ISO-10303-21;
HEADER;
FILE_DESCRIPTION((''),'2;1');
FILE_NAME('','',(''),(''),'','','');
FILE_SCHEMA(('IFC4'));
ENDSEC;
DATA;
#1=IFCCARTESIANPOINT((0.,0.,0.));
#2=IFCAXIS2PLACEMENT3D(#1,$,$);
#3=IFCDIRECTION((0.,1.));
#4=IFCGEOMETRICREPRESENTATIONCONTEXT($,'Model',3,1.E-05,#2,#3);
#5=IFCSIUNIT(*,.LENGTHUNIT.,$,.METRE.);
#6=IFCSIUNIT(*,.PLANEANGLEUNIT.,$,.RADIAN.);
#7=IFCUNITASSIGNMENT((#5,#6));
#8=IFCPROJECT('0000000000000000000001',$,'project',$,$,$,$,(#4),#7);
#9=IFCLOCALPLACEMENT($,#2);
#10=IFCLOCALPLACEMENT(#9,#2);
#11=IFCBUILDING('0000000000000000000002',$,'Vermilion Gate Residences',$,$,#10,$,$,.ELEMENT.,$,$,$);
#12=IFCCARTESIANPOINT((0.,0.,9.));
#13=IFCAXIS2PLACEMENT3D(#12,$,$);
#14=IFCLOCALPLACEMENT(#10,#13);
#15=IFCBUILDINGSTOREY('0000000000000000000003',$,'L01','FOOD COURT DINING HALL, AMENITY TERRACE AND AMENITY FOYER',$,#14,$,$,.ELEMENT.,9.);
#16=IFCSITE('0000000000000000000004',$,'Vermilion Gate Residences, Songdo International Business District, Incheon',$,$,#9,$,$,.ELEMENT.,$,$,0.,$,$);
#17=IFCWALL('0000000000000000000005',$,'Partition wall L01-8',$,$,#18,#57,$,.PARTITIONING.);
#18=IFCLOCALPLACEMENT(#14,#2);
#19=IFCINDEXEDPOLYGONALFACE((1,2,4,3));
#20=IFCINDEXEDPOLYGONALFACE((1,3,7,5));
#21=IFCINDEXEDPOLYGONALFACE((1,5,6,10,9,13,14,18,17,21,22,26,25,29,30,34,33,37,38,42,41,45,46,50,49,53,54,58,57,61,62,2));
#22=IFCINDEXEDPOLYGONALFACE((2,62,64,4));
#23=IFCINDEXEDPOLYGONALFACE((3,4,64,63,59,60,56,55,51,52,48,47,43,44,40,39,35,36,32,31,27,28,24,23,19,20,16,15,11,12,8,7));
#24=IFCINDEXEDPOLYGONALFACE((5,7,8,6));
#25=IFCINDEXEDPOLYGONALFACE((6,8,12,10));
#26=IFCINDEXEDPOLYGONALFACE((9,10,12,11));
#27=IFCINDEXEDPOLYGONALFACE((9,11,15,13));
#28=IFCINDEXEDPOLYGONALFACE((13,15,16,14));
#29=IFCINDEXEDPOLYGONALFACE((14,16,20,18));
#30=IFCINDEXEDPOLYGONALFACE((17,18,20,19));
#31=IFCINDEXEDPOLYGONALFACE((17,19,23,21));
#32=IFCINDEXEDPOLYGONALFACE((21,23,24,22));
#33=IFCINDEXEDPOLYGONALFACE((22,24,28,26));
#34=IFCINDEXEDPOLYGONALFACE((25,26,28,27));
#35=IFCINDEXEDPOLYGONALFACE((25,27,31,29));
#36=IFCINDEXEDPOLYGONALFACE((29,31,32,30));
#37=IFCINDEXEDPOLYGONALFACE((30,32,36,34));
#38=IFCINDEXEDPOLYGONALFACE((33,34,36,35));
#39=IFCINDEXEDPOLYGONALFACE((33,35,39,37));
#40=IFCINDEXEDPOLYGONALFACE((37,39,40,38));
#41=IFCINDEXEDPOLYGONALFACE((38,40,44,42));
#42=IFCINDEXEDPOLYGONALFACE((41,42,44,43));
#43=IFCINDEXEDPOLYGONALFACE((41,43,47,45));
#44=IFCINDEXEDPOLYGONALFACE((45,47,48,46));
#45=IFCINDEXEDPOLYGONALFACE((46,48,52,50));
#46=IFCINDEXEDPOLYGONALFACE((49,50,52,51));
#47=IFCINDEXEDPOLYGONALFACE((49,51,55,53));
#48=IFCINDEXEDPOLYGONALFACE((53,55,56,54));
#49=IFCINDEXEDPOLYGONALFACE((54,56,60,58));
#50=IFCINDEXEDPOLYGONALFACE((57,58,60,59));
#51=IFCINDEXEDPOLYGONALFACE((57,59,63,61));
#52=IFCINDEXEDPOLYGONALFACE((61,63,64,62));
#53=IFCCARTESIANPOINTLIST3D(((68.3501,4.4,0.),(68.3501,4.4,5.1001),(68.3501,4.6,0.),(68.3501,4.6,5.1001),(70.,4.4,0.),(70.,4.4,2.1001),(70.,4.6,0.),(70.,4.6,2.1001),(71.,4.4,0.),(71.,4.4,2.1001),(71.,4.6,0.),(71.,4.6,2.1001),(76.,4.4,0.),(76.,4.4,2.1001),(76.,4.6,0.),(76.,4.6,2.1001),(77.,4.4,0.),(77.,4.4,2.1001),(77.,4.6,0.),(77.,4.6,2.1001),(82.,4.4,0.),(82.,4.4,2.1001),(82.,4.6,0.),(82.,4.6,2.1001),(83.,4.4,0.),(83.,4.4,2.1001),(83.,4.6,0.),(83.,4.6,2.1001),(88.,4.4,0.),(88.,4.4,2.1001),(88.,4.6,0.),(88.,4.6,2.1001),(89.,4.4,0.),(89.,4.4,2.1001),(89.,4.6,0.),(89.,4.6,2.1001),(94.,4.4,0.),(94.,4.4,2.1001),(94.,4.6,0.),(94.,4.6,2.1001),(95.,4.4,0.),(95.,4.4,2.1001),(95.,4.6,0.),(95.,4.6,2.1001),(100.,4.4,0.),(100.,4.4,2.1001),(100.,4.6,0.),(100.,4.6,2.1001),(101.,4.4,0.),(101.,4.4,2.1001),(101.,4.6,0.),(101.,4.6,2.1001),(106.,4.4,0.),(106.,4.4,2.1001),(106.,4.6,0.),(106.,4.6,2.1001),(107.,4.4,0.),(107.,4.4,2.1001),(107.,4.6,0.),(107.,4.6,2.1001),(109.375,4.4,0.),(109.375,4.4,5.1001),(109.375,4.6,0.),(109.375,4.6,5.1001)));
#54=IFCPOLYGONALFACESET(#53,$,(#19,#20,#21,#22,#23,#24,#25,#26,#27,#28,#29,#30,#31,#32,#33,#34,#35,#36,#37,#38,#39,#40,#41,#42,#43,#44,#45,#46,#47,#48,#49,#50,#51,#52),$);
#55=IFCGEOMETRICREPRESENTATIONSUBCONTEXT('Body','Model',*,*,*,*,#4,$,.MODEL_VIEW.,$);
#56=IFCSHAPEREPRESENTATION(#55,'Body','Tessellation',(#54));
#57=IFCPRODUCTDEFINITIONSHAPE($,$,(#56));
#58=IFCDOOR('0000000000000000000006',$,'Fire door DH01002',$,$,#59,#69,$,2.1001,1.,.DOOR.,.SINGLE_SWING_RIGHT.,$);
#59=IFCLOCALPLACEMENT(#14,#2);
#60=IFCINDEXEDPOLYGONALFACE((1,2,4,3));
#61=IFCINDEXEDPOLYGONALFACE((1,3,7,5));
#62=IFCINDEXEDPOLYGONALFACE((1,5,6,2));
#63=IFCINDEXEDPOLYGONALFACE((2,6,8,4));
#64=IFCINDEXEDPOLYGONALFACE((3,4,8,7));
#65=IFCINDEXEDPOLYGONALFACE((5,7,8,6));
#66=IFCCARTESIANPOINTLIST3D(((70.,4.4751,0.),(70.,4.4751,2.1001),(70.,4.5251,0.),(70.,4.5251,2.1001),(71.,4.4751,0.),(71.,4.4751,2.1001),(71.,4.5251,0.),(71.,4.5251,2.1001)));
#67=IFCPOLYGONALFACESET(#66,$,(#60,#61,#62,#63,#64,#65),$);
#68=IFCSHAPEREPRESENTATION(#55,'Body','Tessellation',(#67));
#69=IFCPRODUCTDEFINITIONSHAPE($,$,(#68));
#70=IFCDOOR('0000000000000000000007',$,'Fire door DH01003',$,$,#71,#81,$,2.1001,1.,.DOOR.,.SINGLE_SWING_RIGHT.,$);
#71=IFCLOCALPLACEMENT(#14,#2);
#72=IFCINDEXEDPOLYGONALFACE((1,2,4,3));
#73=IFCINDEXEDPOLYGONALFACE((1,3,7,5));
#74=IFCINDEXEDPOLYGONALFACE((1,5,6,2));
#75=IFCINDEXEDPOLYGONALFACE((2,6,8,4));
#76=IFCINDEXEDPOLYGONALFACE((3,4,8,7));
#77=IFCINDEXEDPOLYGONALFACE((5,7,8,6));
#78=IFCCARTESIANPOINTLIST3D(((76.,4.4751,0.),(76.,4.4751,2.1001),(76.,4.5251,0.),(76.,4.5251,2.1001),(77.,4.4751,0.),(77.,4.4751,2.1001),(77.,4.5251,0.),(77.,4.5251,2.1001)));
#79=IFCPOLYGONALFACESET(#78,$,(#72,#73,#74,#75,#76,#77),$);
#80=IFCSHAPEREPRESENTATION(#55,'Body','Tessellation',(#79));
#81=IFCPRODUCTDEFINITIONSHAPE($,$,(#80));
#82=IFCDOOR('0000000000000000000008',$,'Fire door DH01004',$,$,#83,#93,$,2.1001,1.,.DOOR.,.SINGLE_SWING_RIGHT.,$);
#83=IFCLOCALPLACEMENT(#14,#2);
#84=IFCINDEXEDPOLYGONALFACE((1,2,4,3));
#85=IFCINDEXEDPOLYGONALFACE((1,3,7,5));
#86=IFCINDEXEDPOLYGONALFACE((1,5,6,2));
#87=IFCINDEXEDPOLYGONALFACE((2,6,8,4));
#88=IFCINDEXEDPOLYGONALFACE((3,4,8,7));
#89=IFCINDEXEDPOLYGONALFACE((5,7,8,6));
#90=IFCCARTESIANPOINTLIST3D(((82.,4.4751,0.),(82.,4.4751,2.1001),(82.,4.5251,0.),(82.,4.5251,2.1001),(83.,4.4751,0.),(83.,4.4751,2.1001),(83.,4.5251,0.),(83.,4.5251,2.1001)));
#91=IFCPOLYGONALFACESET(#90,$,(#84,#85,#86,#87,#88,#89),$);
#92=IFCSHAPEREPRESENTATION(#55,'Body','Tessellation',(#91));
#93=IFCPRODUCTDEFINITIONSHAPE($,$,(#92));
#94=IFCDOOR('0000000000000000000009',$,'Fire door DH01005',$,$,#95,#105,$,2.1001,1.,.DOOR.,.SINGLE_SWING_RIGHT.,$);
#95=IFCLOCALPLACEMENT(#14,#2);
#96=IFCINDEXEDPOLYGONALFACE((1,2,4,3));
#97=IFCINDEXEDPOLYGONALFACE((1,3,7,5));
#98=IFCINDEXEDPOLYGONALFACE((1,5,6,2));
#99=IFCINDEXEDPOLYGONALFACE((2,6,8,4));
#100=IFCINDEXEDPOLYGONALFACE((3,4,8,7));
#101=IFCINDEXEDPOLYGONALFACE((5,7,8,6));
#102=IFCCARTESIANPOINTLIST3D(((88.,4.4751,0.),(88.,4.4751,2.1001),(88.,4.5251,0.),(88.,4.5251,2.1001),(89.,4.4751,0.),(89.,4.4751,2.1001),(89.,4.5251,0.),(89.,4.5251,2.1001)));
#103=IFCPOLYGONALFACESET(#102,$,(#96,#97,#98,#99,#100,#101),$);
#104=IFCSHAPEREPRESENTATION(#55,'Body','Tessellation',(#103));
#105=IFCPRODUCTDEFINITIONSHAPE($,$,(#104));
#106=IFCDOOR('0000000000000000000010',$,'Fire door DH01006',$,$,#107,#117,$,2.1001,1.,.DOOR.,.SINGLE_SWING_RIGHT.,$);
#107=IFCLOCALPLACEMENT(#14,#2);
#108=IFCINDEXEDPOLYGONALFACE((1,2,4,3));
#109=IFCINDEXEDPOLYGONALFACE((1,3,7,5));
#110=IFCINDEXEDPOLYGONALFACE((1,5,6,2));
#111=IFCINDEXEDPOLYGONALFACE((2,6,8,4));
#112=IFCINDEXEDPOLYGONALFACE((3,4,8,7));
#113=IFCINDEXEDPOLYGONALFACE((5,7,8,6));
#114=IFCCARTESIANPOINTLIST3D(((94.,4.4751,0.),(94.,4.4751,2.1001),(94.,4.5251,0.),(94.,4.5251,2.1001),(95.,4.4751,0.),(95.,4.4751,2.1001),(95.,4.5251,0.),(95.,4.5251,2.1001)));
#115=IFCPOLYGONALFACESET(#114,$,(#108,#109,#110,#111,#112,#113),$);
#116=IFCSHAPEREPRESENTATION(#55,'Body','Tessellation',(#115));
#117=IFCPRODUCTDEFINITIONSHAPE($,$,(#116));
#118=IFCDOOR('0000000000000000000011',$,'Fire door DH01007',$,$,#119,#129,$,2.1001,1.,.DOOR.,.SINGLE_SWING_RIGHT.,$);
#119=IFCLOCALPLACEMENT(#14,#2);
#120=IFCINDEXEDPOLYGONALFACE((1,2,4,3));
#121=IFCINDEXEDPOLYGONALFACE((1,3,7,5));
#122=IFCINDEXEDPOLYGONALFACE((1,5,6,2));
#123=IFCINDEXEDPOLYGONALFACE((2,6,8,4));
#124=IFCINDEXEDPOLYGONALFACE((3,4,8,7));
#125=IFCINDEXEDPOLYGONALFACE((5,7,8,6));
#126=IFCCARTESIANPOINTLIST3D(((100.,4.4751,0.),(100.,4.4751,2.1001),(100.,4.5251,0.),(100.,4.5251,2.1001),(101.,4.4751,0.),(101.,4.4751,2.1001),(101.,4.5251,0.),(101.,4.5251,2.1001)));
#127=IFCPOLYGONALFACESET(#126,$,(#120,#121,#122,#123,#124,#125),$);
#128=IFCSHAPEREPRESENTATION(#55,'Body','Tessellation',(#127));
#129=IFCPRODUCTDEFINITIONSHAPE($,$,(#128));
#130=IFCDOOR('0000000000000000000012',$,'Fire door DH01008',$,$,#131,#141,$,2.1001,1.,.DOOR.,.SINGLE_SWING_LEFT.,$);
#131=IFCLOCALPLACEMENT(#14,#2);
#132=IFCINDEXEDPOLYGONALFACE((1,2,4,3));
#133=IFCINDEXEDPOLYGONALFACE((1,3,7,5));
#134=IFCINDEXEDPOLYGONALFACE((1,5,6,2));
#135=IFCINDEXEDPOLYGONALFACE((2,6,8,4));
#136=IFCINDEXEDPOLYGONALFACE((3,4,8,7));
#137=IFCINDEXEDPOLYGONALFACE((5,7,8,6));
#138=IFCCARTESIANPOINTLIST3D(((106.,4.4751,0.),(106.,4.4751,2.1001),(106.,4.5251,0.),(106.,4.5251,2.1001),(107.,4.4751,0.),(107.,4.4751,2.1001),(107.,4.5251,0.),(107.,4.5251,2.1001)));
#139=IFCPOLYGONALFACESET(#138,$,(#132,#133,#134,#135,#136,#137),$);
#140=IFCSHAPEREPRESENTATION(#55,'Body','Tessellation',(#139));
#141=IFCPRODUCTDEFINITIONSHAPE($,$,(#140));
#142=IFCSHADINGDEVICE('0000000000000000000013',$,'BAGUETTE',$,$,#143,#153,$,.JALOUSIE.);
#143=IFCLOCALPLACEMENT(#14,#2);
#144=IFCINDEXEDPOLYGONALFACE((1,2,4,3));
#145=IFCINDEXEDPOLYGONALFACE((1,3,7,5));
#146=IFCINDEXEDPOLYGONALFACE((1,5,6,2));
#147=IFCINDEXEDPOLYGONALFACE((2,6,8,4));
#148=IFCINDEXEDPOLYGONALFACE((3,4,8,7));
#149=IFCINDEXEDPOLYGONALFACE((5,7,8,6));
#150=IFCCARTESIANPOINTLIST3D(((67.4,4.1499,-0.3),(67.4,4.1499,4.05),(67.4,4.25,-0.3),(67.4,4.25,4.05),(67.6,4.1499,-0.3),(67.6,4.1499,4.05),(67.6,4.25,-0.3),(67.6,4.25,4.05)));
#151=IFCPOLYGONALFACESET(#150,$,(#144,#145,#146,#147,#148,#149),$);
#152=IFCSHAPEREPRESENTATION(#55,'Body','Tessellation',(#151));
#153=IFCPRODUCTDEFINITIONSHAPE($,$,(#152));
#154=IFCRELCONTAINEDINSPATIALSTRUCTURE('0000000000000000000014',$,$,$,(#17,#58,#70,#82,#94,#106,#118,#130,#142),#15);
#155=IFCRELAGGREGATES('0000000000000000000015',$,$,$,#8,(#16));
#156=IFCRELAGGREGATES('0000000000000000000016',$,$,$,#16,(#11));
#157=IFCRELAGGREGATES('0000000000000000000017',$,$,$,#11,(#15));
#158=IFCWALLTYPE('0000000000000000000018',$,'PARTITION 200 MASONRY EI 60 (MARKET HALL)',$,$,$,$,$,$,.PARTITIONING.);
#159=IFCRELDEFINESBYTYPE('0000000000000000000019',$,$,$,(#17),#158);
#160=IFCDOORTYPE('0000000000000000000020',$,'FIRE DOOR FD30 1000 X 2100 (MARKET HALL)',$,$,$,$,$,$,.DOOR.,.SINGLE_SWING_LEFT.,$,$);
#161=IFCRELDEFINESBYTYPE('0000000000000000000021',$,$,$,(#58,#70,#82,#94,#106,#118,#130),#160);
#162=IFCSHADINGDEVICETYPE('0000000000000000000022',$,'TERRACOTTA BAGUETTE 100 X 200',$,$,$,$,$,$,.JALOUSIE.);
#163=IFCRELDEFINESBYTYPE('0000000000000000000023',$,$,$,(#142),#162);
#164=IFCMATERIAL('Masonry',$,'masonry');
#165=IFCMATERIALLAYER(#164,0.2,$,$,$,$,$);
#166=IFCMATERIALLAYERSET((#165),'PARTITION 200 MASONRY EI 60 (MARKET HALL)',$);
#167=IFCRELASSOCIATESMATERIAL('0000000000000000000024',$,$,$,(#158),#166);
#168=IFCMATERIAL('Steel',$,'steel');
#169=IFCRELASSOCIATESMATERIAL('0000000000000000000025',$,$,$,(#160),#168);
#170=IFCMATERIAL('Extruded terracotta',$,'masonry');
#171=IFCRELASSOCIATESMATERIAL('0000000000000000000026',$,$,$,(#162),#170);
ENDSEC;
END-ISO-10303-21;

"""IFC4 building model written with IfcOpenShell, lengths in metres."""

from ifc_helpers import new_model, si_unit, direction, frame, frame_2d, origin, origin_2d, place, context, subcontext, project, spatial, rectangle, extrude, material, layer, layer_set, material_profile, profile_set, type_object, element, fill, save


model = new_model("IFC4")

# Units and contexts
model_context = context("Model", 3, precision=1e-05, world=origin(), true_north=direction((0.0, 1.0)))
body_context = subcontext(model_context, "Body", "Model", "MODEL_VIEW")
ifc_project = project(units=[si_unit("LENGTHUNIT", "METRE"), si_unit("PLANEANGLEUNIT", "RADIAN")], contexts=[model_context])

# Site, building, storey
site_placement = place(None, origin())
site = spatial("IfcSite", under=ifc_project, at=site_placement, Name="Vermilion Gate Residences, Songdo International Business District, Incheon", CompositionType="ELEMENT", RefElevation=0.0)
building_placement = place(site_placement, origin())
building = spatial("IfcBuilding", under=site, at=building_placement, Name="Vermilion Gate Residences", CompositionType="ELEMENT")
storey_placement = place(building_placement, frame((0.0, 0.0, 9.0)))
storey = spatial("IfcBuildingStorey", under=building, at=storey_placement, Name="L01", Description="FOOD COURT DINING HALL, AMENITY TERRACE AND AMENITY FOYER", CompositionType="ELEMENT", Elevation=9.0)

# Wall, openings, doors
ifc_material_1 = material(Name="Masonry", Category="masonry")
ifc_layer_1 = layer(ifc_material_1, 0.2)
ifc_layer_set_1 = layer_set([ifc_layer_1], Name="PARTITION 200 MASONRY EI 60 (MARKET HALL)")
wall_type_1 = type_object("IfcWallType", Name="PARTITION 200 MASONRY EI 60 (MARKET HALL)", PredefinedType="PARTITIONING", material=ifc_layer_set_1)
wall_1_placement = place(storey_placement, frame((68.3501, 4.5, 0.0), z_axis=(0.0, 0.0, 1.0), x_axis=(1.0, 0.0, 0.0)))
wall_1 = element("IfcWall", 1, at=wall_1_placement, inside=storey, type_object=wall_type_1, Name="Partition wall L01-8", PredefinedType="PARTITIONING", context=body_context, shape_type="SweptSolid", body=[
    extrude(rectangle(XDim=41.0249, YDim=0.2, at=frame_2d((20.5125, 0.0))), origin(), (0.0, 0.0, 1.0), 5.1001),
])
opening_1_placement = place(wall_1_placement, frame((1.6499, 0.0, 0.0)))
opening_1 = element("IfcOpeningElement", 2, at=opening_1_placement, cuts=wall_1, PredefinedType="OPENING", context=body_context, shape_type="SweptSolid", body=[
    extrude(rectangle(XDim=1.0, YDim=2.1001, at=frame_2d((0.5, 1.05))), frame((0.0, 0.1099, 0.0), z_axis=(0.0, -1.0, 0.0), x_axis=(1.0, 0.0, 0.0)), (0.0, 0.0, 1.0), 0.22),
])
opening_2_placement = place(wall_1_placement, frame((7.6499, 0.0, 0.0)))
opening_2 = element("IfcOpeningElement", 3, at=opening_2_placement, cuts=wall_1, PredefinedType="OPENING", context=body_context, shape_type="SweptSolid", body=[
    extrude(rectangle(XDim=1.0, YDim=2.1001, at=frame_2d((0.5, 1.05))), frame((0.0, 0.1099, 0.0), z_axis=(0.0, -1.0, 0.0), x_axis=(1.0, 0.0, 0.0)), (0.0, 0.0, 1.0), 0.22),
])
opening_3_placement = place(wall_1_placement, frame((13.6499, 0.0, 0.0)))
opening_3 = element("IfcOpeningElement", 4, at=opening_3_placement, cuts=wall_1, PredefinedType="OPENING", context=body_context, shape_type="SweptSolid", body=[
    extrude(rectangle(XDim=1.0, YDim=2.1001, at=frame_2d((0.5, 1.05))), frame((0.0, 0.1099, 0.0), z_axis=(0.0, -1.0, 0.0), x_axis=(1.0, 0.0, 0.0)), (0.0, 0.0, 1.0), 0.22),
])
opening_4_placement = place(wall_1_placement, frame((19.6499, 0.0, 0.0)))
opening_4 = element("IfcOpeningElement", 5, at=opening_4_placement, cuts=wall_1, PredefinedType="OPENING", context=body_context, shape_type="SweptSolid", body=[
    extrude(rectangle(XDim=1.0, YDim=2.1001, at=frame_2d((0.5, 1.05))), frame((0.0, 0.1099, 0.0), z_axis=(0.0, -1.0, 0.0), x_axis=(1.0, 0.0, 0.0)), (0.0, 0.0, 1.0), 0.22),
])
opening_5_placement = place(wall_1_placement, frame((25.6499, 0.0, 0.0)))
opening_5 = element("IfcOpeningElement", 6, at=opening_5_placement, cuts=wall_1, PredefinedType="OPENING", context=body_context, shape_type="SweptSolid", body=[
    extrude(rectangle(XDim=1.0, YDim=2.1001, at=frame_2d((0.5, 1.05))), frame((0.0, 0.1099, 0.0), z_axis=(0.0, -1.0, 0.0), x_axis=(1.0, 0.0, 0.0)), (0.0, 0.0, 1.0), 0.22),
])
opening_6_placement = place(wall_1_placement, frame((31.6499, 0.0, 0.0)))
opening_6 = element("IfcOpeningElement", 7, at=opening_6_placement, cuts=wall_1, PredefinedType="OPENING", context=body_context, shape_type="SweptSolid", body=[
    extrude(rectangle(XDim=1.0, YDim=2.1001, at=frame_2d((0.5, 1.05))), frame((0.0, 0.1099, 0.0), z_axis=(0.0, -1.0, 0.0), x_axis=(1.0, 0.0, 0.0)), (0.0, 0.0, 1.0), 0.22),
])
opening_7_placement = place(wall_1_placement, frame((37.6499, 0.0, 0.0)))
opening_7 = element("IfcOpeningElement", 8, at=opening_7_placement, cuts=wall_1, PredefinedType="OPENING", context=body_context, shape_type="SweptSolid", body=[
    extrude(rectangle(XDim=1.0, YDim=2.1001, at=frame_2d((0.5, 1.05))), frame((0.0, 0.1099, 0.0), z_axis=(0.0, -1.0, 0.0), x_axis=(1.0, 0.0, 0.0)), (0.0, 0.0, 1.0), 0.22),
])
ifc_material_2 = material(Name="Steel", Category="steel")
door_type = type_object("IfcDoorType", Name="FIRE DOOR FD30 1000 X 2100 (MARKET HALL)", OperationType="SINGLE_SWING_LEFT", PredefinedType="DOOR", material=ifc_material_2)
door_1_placement = place(opening_1_placement, frame((1.0, 0.0, 0.0), z_axis=(0.0, 0.0, 1.0), x_axis=(-1.0, 0.0, 0.0)))
door_1 = element("IfcDoor", 9, at=door_1_placement, inside=storey, type_object=door_type, Name="Fire door DH01002", OperationType="SINGLE_SWING_RIGHT", OverallHeight=2.1001, OverallWidth=1.0, PredefinedType="DOOR", context=body_context, shape_type="SweptSolid", body=[
    extrude(rectangle(XDim=1.0, YDim=2.1001, at=frame_2d((0.5, 1.05))), frame((0.0, 0.0249, 0.0), z_axis=(0.0, -1.0, 0.0), x_axis=(1.0, 0.0, 0.0)), (0.0, 0.0, 1.0), 0.05),
])
fill(opening_1, door_1)
door_2_placement = place(opening_2_placement, frame((1.0, 0.0, 0.0), z_axis=(0.0, 0.0, 1.0), x_axis=(-1.0, 0.0, 0.0)))
door_2 = element("IfcDoor", 10, at=door_2_placement, inside=storey, type_object=door_type, Name="Fire door DH01003", OperationType="SINGLE_SWING_RIGHT", OverallHeight=2.1001, OverallWidth=1.0, PredefinedType="DOOR", context=body_context, shape_type="SweptSolid", body=[
    extrude(rectangle(XDim=1.0, YDim=2.1001, at=frame_2d((0.5, 1.05))), frame((0.0, 0.0249, 0.0), z_axis=(0.0, -1.0, 0.0), x_axis=(1.0, 0.0, 0.0)), (0.0, 0.0, 1.0), 0.05),
])
fill(opening_2, door_2)
door_3_placement = place(opening_3_placement, frame((1.0, 0.0, 0.0), z_axis=(0.0, 0.0, 1.0), x_axis=(-1.0, 0.0, 0.0)))
door_3 = element("IfcDoor", 11, at=door_3_placement, inside=storey, type_object=door_type, Name="Fire door DH01004", OperationType="SINGLE_SWING_RIGHT", OverallHeight=2.1001, OverallWidth=1.0, PredefinedType="DOOR", context=body_context, shape_type="SweptSolid", body=[
    extrude(rectangle(XDim=1.0, YDim=2.1001, at=frame_2d((0.5, 1.05))), frame((0.0, 0.0249, 0.0), z_axis=(0.0, -1.0, 0.0), x_axis=(1.0, 0.0, 0.0)), (0.0, 0.0, 1.0), 0.05),
])
fill(opening_3, door_3)
door_4_placement = place(opening_4_placement, frame((1.0, 0.0, 0.0), z_axis=(0.0, 0.0, 1.0), x_axis=(-1.0, 0.0, 0.0)))
door_4 = element("IfcDoor", 12, at=door_4_placement, inside=storey, type_object=door_type, Name="Fire door DH01005", OperationType="SINGLE_SWING_RIGHT", OverallHeight=2.1001, OverallWidth=1.0, PredefinedType="DOOR", context=body_context, shape_type="SweptSolid", body=[
    extrude(rectangle(XDim=1.0, YDim=2.1001, at=frame_2d((0.5, 1.05))), frame((0.0, 0.0249, 0.0), z_axis=(0.0, -1.0, 0.0), x_axis=(1.0, 0.0, 0.0)), (0.0, 0.0, 1.0), 0.05),
])
fill(opening_4, door_4)
door_5_placement = place(opening_5_placement, frame((1.0, 0.0, 0.0), z_axis=(0.0, 0.0, 1.0), x_axis=(-1.0, 0.0, 0.0)))
door_5 = element("IfcDoor", 13, at=door_5_placement, inside=storey, type_object=door_type, Name="Fire door DH01006", OperationType="SINGLE_SWING_RIGHT", OverallHeight=2.1001, OverallWidth=1.0, PredefinedType="DOOR", context=body_context, shape_type="SweptSolid", body=[
    extrude(rectangle(XDim=1.0, YDim=2.1001, at=frame_2d((0.5, 1.05))), frame((0.0, 0.0249, 0.0), z_axis=(0.0, -1.0, 0.0), x_axis=(1.0, 0.0, 0.0)), (0.0, 0.0, 1.0), 0.05),
])
fill(opening_5, door_5)
door_6_placement = place(opening_6_placement, frame((1.0, 0.0, 0.0), z_axis=(0.0, 0.0, 1.0), x_axis=(-1.0, 0.0, 0.0)))
door_6 = element("IfcDoor", 14, at=door_6_placement, inside=storey, type_object=door_type, Name="Fire door DH01007", OperationType="SINGLE_SWING_RIGHT", OverallHeight=2.1001, OverallWidth=1.0, PredefinedType="DOOR", context=body_context, shape_type="SweptSolid", body=[
    extrude(rectangle(XDim=1.0, YDim=2.1001, at=frame_2d((0.5, 1.05))), frame((0.0, 0.0249, 0.0), z_axis=(0.0, -1.0, 0.0), x_axis=(1.0, 0.0, 0.0)), (0.0, 0.0, 1.0), 0.05),
])
fill(opening_6, door_6)
door_7_placement = place(opening_7_placement, frame((1.0, 0.0, 0.0), z_axis=(0.0, 0.0, 1.0), x_axis=(-1.0, 0.0, 0.0)))
door_7 = element("IfcDoor", 15, at=door_7_placement, inside=storey, type_object=door_type, Name="Fire door DH01008", OperationType="SINGLE_SWING_LEFT", OverallHeight=2.1001, OverallWidth=1.0, PredefinedType="DOOR", context=body_context, shape_type="SweptSolid", body=[
    extrude(rectangle(XDim=1.0, YDim=2.1001, at=frame_2d((0.5, 1.05))), frame((0.0, 0.0249, 0.0), z_axis=(0.0, -1.0, 0.0), x_axis=(1.0, 0.0, 0.0)), (0.0, 0.0, 1.0), 0.05),
])
fill(opening_7, door_7)

# Shading device
ifc_material_3 = material(Name="Extruded terracotta", Category="masonry")
ifc_material_profile_1 = material_profile(ifc_material_3, rectangle(XDim=0.2, YDim=0.1001, at=origin_2d()), Name="BAGUETTE 100 X 200")
ifc_profile_set_1 = profile_set([ifc_material_profile_1], Name="Extruded terracotta")
shading_device_type = type_object("IfcShadingDeviceType", Name="TERRACOTTA BAGUETTE 100 X 200", PredefinedType="JALOUSIE", material=ifc_profile_set_1)
for number, where, z_axis, x_axis, name in (
    (16, (67.5, 4.2, -0.3), (0.0, 0.0, 1.0), (-1.0, 0.0, 0.0), "BAGUETTE"),
):
    element("IfcShadingDevice", number, at=place(storey_placement, frame(where, z_axis=z_axis, x_axis=x_axis)), inside=storey, type_object=shading_device_type, Name=name, PredefinedType="JALOUSIE", context=body_context, shape_type="SweptSolid", body=[
        extrude(rectangle(XDim=0.2, YDim=0.1001, at=origin_2d()), origin(), (0.0, 0.0, 1.0), 4.3501),
    ])

save(model, "model.ifc")
